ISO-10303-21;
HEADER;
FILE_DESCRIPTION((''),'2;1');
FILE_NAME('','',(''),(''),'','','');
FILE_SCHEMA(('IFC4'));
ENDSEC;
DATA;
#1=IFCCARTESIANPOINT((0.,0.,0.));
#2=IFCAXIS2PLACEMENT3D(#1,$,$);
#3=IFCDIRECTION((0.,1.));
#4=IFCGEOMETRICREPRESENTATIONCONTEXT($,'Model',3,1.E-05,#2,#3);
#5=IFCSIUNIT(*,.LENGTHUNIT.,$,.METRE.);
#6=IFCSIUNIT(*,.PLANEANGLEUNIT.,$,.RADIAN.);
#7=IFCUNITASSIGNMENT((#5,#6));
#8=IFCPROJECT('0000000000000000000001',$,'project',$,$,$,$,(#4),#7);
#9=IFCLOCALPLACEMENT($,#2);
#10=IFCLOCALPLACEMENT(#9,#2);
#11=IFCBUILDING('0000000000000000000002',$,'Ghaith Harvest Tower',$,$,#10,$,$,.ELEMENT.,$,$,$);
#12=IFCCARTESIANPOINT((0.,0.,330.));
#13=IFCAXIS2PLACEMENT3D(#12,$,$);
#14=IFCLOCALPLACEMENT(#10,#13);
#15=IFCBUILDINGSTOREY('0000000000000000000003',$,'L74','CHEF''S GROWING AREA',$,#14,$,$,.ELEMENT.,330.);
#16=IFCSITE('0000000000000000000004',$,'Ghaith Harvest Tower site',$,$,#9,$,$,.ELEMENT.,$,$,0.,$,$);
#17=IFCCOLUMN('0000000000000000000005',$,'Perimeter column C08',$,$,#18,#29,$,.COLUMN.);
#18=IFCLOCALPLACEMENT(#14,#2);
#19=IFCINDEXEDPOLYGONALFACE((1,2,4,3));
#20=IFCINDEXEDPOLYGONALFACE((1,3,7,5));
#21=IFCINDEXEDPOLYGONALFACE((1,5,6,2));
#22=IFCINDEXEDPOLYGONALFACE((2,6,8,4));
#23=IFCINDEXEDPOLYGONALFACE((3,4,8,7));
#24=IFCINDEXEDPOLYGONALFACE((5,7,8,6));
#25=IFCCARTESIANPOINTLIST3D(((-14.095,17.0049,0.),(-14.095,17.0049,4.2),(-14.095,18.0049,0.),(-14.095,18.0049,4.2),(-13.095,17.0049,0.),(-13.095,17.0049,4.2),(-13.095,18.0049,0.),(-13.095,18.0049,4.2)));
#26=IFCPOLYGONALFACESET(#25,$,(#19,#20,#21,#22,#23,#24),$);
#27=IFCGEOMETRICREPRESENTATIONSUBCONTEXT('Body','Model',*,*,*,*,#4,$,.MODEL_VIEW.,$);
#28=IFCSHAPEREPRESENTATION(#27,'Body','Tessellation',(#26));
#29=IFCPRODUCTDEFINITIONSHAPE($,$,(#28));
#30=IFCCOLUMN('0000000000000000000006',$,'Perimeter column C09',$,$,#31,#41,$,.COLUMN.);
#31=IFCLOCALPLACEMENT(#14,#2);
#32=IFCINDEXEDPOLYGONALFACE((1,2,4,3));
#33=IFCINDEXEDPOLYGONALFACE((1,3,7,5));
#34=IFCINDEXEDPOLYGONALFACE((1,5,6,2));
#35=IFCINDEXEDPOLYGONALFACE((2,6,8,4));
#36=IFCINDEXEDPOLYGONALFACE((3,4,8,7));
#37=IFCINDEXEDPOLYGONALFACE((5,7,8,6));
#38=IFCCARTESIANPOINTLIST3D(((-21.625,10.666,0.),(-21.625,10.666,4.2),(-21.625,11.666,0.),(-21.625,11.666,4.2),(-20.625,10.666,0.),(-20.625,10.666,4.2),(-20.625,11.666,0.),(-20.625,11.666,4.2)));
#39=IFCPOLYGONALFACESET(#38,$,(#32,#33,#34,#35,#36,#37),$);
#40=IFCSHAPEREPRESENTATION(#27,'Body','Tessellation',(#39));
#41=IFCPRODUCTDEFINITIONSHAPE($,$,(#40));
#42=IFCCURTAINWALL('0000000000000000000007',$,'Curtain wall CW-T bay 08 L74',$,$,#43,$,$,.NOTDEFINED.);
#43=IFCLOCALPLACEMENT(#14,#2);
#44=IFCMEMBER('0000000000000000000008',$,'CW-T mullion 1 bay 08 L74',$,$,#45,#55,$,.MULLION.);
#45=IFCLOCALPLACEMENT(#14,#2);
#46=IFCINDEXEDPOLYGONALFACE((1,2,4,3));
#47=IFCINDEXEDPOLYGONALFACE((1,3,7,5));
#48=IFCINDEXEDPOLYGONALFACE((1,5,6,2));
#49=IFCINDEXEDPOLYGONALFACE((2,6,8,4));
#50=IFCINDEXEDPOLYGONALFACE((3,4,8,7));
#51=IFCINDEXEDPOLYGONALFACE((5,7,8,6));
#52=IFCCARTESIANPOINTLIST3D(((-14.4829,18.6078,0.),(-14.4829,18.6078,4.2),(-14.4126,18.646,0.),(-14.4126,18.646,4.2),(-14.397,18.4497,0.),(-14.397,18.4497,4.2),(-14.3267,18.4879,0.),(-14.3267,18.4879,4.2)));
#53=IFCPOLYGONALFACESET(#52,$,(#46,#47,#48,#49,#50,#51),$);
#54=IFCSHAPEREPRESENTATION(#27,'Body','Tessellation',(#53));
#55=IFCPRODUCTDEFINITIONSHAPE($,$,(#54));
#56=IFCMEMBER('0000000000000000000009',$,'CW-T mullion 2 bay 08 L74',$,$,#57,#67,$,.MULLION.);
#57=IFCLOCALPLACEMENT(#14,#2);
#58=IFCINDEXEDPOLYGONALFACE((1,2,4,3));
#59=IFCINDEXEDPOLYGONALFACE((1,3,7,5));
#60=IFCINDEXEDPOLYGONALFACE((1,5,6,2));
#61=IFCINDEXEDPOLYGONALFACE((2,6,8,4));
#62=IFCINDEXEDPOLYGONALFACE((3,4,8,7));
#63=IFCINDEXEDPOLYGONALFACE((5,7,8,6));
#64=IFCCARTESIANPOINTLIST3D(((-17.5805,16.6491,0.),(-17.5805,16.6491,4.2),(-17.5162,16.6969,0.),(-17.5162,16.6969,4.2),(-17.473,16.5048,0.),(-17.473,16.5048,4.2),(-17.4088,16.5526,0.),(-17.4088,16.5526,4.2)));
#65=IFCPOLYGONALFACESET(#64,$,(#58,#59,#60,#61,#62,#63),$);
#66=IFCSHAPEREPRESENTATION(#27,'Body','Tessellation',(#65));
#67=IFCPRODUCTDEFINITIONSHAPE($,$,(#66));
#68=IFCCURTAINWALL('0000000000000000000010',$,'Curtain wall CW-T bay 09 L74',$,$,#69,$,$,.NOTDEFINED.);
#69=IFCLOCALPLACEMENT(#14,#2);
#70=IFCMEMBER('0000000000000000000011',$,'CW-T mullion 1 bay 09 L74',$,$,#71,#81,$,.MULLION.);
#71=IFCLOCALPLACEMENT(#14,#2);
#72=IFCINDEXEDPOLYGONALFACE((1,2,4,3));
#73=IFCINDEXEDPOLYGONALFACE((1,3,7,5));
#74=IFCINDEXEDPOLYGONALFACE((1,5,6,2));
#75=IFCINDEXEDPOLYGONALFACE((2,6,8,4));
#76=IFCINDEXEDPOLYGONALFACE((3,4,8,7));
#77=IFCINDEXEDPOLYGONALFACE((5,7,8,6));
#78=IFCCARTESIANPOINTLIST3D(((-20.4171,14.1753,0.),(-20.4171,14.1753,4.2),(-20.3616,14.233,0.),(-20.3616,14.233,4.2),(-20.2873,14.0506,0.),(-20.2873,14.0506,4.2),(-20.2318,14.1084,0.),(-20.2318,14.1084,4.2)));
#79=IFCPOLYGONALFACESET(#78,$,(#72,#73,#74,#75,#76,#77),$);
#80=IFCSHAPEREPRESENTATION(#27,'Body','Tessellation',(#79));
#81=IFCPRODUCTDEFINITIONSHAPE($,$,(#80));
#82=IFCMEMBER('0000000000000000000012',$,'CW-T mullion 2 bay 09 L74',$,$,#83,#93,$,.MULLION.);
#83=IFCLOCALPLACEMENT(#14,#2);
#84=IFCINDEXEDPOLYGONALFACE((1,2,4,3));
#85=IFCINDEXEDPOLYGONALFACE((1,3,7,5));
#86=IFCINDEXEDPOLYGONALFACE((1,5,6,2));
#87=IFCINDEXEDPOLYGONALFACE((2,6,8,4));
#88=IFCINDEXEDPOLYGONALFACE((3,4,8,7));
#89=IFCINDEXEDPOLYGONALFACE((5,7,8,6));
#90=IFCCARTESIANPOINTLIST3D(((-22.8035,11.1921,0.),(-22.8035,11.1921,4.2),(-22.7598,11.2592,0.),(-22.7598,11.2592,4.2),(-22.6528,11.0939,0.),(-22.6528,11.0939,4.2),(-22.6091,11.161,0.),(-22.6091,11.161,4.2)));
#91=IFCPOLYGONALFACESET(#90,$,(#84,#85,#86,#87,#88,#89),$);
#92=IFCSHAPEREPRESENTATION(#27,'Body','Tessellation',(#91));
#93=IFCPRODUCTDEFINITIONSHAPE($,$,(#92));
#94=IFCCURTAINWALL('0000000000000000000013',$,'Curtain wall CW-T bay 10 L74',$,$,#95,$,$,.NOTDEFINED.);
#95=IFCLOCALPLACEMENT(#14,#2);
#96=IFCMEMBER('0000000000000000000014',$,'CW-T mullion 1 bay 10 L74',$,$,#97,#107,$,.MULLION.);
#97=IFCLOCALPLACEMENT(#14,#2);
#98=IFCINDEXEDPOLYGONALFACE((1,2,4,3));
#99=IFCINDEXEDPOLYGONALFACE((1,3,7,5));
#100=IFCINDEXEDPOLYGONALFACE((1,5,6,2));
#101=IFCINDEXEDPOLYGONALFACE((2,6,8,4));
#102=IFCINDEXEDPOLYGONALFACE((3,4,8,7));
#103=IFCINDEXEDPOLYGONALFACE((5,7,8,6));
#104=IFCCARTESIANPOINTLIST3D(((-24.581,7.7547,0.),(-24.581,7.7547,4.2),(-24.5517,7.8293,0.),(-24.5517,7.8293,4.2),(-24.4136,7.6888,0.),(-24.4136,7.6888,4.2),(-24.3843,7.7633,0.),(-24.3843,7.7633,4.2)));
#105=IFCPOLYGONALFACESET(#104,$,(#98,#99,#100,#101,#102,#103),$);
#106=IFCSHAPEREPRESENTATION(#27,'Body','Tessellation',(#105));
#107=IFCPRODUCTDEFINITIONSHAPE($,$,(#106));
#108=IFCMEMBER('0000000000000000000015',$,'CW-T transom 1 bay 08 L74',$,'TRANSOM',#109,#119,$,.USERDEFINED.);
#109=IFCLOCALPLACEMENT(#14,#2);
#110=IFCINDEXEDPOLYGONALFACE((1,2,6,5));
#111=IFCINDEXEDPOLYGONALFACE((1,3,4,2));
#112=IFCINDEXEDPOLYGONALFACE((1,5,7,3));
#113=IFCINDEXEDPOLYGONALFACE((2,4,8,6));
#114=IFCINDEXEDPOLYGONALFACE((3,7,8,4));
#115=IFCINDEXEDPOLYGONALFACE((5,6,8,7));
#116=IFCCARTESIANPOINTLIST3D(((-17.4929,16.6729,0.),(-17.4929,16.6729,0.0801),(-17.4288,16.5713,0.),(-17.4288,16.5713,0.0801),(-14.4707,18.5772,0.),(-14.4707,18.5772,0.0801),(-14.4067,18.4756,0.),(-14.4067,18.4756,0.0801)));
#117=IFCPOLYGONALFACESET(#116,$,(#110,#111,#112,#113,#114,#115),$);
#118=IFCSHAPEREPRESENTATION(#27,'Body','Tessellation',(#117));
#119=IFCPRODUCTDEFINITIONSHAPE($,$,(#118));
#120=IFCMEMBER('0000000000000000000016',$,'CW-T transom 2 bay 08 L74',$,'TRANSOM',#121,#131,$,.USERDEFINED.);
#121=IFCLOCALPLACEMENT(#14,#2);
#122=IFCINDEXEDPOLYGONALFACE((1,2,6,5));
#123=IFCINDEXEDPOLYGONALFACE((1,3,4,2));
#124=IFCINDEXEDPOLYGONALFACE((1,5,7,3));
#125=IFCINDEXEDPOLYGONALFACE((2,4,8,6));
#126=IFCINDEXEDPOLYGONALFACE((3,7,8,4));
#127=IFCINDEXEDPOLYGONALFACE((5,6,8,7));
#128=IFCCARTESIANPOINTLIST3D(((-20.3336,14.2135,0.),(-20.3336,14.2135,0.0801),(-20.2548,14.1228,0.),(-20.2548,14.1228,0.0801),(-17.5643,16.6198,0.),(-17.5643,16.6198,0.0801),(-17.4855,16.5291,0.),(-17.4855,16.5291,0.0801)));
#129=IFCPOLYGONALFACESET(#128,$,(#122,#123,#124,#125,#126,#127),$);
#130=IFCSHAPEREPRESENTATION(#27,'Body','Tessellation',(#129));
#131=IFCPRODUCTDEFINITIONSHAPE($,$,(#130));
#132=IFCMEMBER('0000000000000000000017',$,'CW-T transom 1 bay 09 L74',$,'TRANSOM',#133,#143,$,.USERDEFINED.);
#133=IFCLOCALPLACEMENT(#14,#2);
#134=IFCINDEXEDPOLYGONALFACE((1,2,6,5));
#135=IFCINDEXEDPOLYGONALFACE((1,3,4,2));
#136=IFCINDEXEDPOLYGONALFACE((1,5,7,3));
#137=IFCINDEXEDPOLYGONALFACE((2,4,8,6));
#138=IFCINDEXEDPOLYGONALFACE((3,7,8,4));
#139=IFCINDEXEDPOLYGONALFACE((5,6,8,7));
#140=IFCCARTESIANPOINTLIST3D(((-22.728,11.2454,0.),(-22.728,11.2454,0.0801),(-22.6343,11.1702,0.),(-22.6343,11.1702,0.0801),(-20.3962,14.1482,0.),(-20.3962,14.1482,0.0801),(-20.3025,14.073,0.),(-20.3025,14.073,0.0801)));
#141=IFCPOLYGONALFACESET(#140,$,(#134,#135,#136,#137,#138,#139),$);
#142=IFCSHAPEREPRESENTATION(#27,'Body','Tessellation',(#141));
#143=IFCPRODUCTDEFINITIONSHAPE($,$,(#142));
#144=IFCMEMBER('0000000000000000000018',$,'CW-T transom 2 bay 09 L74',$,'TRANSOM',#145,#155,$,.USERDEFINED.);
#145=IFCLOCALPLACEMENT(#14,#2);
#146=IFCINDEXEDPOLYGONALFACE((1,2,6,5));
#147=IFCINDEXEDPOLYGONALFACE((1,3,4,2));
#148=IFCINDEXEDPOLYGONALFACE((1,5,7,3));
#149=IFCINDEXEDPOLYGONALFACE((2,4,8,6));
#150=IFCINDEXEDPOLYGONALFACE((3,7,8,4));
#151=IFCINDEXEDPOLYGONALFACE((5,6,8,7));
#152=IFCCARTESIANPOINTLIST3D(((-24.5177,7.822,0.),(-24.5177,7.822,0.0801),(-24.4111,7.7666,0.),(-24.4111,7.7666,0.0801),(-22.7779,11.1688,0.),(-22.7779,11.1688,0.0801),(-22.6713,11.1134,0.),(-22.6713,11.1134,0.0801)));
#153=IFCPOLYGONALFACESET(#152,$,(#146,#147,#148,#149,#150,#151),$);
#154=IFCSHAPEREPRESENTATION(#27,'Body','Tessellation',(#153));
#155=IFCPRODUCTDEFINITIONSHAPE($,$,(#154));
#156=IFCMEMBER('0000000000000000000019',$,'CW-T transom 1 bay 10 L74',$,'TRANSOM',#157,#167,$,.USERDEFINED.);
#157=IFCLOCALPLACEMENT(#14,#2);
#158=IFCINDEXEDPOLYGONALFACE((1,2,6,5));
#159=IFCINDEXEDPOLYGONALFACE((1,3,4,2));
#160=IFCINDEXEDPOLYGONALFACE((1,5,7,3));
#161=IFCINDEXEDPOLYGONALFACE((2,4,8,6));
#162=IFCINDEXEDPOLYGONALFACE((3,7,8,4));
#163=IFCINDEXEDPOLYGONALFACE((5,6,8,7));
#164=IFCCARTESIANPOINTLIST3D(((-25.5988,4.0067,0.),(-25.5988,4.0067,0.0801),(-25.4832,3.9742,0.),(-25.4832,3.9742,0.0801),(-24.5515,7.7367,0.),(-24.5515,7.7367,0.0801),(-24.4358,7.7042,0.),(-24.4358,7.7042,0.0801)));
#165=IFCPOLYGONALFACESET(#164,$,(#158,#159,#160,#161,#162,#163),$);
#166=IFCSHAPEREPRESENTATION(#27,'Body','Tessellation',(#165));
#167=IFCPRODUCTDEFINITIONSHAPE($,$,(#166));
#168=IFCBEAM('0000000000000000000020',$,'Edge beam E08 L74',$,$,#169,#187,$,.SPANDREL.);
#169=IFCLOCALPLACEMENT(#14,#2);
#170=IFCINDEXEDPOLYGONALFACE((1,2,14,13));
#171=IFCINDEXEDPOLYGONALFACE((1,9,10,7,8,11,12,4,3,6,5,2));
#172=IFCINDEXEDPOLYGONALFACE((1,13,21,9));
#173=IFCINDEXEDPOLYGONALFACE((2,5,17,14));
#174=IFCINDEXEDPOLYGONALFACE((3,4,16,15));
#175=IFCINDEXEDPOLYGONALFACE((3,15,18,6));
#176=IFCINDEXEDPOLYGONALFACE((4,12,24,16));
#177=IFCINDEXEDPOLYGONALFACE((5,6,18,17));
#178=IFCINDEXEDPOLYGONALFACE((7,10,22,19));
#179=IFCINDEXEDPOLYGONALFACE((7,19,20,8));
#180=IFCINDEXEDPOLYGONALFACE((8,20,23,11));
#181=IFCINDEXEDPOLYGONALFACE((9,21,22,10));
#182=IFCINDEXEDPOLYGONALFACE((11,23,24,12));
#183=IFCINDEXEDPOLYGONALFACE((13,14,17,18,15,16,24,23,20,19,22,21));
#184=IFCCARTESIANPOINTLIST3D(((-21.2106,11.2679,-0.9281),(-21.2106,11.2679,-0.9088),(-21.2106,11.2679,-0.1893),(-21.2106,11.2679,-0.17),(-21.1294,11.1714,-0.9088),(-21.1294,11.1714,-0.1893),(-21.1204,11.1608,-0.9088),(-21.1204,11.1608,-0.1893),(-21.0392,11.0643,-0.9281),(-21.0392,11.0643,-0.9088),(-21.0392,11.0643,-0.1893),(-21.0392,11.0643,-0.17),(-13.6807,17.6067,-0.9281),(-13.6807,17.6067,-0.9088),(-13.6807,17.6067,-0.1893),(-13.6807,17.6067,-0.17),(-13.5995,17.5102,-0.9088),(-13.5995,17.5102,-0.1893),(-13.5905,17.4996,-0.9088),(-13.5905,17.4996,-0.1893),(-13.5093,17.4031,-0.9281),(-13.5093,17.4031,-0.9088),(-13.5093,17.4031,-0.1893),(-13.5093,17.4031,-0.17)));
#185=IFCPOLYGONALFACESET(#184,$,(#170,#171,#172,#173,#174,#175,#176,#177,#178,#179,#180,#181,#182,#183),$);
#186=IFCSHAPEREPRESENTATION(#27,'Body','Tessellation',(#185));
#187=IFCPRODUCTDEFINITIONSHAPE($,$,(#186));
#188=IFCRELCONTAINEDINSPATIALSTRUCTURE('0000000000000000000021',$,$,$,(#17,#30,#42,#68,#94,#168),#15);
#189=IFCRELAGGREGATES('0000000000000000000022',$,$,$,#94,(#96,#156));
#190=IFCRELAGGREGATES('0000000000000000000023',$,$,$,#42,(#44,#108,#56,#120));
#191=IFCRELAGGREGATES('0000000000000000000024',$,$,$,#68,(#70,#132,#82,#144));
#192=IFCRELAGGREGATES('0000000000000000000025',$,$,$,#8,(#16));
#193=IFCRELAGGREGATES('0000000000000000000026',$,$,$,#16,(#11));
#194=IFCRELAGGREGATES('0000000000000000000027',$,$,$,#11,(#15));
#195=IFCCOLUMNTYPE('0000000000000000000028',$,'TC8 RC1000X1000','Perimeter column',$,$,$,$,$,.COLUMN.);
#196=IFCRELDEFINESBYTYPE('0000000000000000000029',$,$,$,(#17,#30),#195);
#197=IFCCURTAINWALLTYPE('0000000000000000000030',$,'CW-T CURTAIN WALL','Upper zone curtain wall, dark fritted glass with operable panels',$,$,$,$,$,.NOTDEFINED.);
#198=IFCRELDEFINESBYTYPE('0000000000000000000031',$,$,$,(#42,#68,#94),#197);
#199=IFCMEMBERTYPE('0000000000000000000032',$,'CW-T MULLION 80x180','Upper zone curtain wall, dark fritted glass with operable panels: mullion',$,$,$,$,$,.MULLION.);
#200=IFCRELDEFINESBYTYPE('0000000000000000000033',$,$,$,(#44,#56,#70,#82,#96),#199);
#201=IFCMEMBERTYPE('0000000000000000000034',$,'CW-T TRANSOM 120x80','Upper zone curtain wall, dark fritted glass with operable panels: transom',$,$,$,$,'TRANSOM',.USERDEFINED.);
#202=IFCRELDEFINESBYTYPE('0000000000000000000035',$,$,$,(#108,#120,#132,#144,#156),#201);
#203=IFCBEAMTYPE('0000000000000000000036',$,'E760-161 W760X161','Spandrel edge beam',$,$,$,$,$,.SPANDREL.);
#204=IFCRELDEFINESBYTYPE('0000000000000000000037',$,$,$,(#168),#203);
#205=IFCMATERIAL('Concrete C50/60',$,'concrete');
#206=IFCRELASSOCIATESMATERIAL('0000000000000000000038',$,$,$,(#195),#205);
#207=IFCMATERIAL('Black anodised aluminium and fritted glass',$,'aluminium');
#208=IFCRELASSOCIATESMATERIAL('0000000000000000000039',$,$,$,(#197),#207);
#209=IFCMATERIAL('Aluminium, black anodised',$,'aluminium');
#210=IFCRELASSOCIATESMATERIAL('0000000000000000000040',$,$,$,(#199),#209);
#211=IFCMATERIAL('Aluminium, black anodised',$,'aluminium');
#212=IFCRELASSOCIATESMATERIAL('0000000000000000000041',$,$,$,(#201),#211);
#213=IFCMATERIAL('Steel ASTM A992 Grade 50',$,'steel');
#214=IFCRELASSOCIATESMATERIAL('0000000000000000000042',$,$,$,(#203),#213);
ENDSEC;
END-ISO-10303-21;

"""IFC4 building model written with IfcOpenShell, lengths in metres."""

from ifc_helpers import new_model, si_unit, direction, frame, origin, origin_2d, place, context, subcontext, project, spatial, rectangle, i_section, extrude, material, material_profile, profile_set, type_object, element, aggregate, save


model = new_model("IFC4")

# Units and contexts
model_context = context("Model", 3, precision=1e-05, world=origin(), true_north=direction((0.0, 1.0)))
body_context = subcontext(model_context, "Body", "Model", "MODEL_VIEW")
ifc_project = project(units=[si_unit("LENGTHUNIT", "METRE"), si_unit("PLANEANGLEUNIT", "RADIAN")], contexts=[model_context])

# Site, building, storey
site_placement = place(None, origin())
site = spatial("IfcSite", under=ifc_project, at=site_placement, Name="Ghaith Harvest Tower site", CompositionType="ELEMENT", RefElevation=0.0)
building_placement = place(site_placement, origin())
building = spatial("IfcBuilding", under=site, at=building_placement, Name="Ghaith Harvest Tower", CompositionType="ELEMENT")
storey_placement = place(building_placement, frame((0.0, 0.0, 330.0)))
storey = spatial("IfcBuildingStorey", under=building, at=storey_placement, Name="L74", Description="CHEF'S GROWING AREA", CompositionType="ELEMENT", Elevation=330.0)

# Columns
ifc_material_1 = material(Name="Concrete C50/60", Category="concrete")
ifc_material_profile_1 = material_profile(ifc_material_1, rectangle(XDim=1.0, YDim=1.0, at=origin_2d()), Name="RC1000X1000")
ifc_profile_set_1 = profile_set([ifc_material_profile_1], Name="Concrete C50/60")
column_type = type_object("IfcColumnType", Name="TC8 RC1000X1000", Description="Perimeter column", PredefinedType="COLUMN", material=ifc_profile_set_1)
for number, where, z_axis, x_axis, name in (
    (1, (-13.595, 17.5049, 0.0), (0.0, 0.0, 1.0), (1.0, 0.0, 0.0), "Perimeter column C08"),
    (2, (-21.125, 11.166, 0.0), (0.0, 0.0, 1.0), (1.0, 0.0, 0.0), "Perimeter column C09"),
):
    element("IfcColumn", number, at=place(storey_placement, frame(where, z_axis=z_axis, x_axis=x_axis)), inside=storey, type_object=column_type, Name=name, PredefinedType="COLUMN", context=body_context, shape_type="SweptSolid", body=[
        extrude(rectangle(XDim=1.0, YDim=1.0, at=origin_2d()), origin(), (0.0, 0.0, 1.0), 4.2),
    ])

# Curtain walls, members
ifc_material_2 = material(Name="Black anodised aluminium and fritted glass", Category="aluminium")
curtain_wall_type = type_object("IfcCurtainWallType", Name="CW-T CURTAIN WALL", Description="Upper zone curtain wall, dark fritted glass with operable panels", PredefinedType="NOTDEFINED", material=ifc_material_2)
curtain_wall_1_placement = place(storey_placement, origin())
curtain_wall_1 = element("IfcCurtainWall", 3, at=curtain_wall_1_placement, inside=storey, type_object=curtain_wall_type, Name="Curtain wall CW-T bay 08 L74", PredefinedType="NOTDEFINED")
ifc_material_3 = material(Name="Aluminium, black anodised", Category="aluminium")
ifc_material_profile_2 = material_profile(ifc_material_3, rectangle(XDim=0.0801, YDim=0.1799, at=origin_2d()), Name="CW-T MULLION 80x180")
ifc_profile_set_2 = profile_set([ifc_material_profile_2], Name="Aluminium, black anodised")
member_type_1 = type_object("IfcMemberType", Name="CW-T MULLION 80x180", Description="Upper zone curtain wall, dark fritted glass with operable panels: mullion", PredefinedType="MULLION", material=ifc_profile_set_2)
member_1_placement = place(storey_placement, frame((-14.4048, 18.5479, 0.0), z_axis=(0.0, 0.0, 1.0), x_axis=(-0.878672, -0.477426, 0.0)))
member_1 = element("IfcMember", 4, at=member_1_placement, type_object=member_type_1, Name="CW-T mullion 1 bay 08 L74", PredefinedType="MULLION", context=body_context, shape_type="SweptSolid", body=[
    extrude(rectangle(XDim=0.0801, YDim=0.1799, at=origin_2d()), origin(), (0.0, 0.0, 1.0), 4.2),
])
member_2_placement = place(storey_placement, frame((-17.4946, 16.6008, 0.0), z_axis=(0.0, 0.0, 1.0), x_axis=(-0.80219, -0.597069, 0.0)))
member_2 = element("IfcMember", 5, at=member_2_placement, type_object=member_type_1, Name="CW-T mullion 2 bay 08 L74", PredefinedType="MULLION", context=body_context, shape_type="SweptSolid", body=[
    extrude(rectangle(XDim=0.0801, YDim=0.1799, at=origin_2d()), origin(), (0.0, 0.0, 1.0), 4.2),
])
curtain_wall_2_placement = place(storey_placement, origin())
curtain_wall_2 = element("IfcCurtainWall", 6, at=curtain_wall_2_placement, inside=storey, type_object=curtain_wall_type, Name="Curtain wall CW-T bay 09 L74", PredefinedType="NOTDEFINED")
member_3_placement = place(storey_placement, frame((-20.3245, 14.1418, 0.0), z_axis=(0.0, 0.0, 1.0), x_axis=(-0.692826, -0.721104, 0.0)))
member_3 = element("IfcMember", 7, at=member_3_placement, type_object=member_type_1, Name="CW-T mullion 1 bay 09 L74", PredefinedType="MULLION", context=body_context, shape_type="SweptSolid", body=[
    extrude(rectangle(XDim=0.0801, YDim=0.1799, at=origin_2d()), origin(), (0.0, 0.0, 1.0), 4.2),
])
member_4_placement = place(storey_placement, frame((-22.7063, 11.1765, 0.0), z_axis=(0.0, 0.0, 1.0), x_axis=(-0.545865, -0.837873, 0.0)))
member_4 = element("IfcMember", 8, at=member_4_placement, type_object=member_type_1, Name="CW-T mullion 2 bay 09 L74", PredefinedType="MULLION", context=body_context, shape_type="SweptSolid", body=[
    extrude(rectangle(XDim=0.0801, YDim=0.1799, at=origin_2d()), origin(), (0.0, 0.0, 1.0), 4.2),
])

# Curtain wall, member
curtain_wall_3_placement = place(storey_placement, origin())
curtain_wall_3 = element("IfcCurtainWall", 9, at=curtain_wall_3_placement, inside=storey, type_object=curtain_wall_type, Name="Curtain wall CW-T bay 10 L74", PredefinedType="NOTDEFINED")
member_5_placement = place(storey_placement, frame((-24.4827, 7.759, 0.0), z_axis=(0.0, 0.0, 1.0), x_axis=(-0.366473, -0.930429, 0.0)))
member_5 = element("IfcMember", 10, at=member_5_placement, type_object=member_type_1, Name="CW-T mullion 1 bay 10 L74", PredefinedType="MULLION", context=body_context, shape_type="SweptSolid", body=[
    extrude(rectangle(XDim=0.0801, YDim=0.1799, at=origin_2d()), origin(), (0.0, 0.0, 1.0), 4.2),
])

# Members
ifc_material_4 = material(Name="Aluminium, black anodised", Category="aluminium")
ifc_material_profile_3 = material_profile(ifc_material_4, rectangle(XDim=0.1201, YDim=0.0801, at=origin_2d()), Name="CW-T TRANSOM 120x80")
ifc_profile_set_3 = profile_set([ifc_material_profile_3], Name="Aluminium, black anodised")
member_type_2 = type_object("IfcMemberType", Name="CW-T TRANSOM 120x80", Description="Upper zone curtain wall, dark fritted glass with operable panels: transom", ElementType="TRANSOM", PredefinedType="USERDEFINED", material=ifc_profile_set_3)
member_6_placement = place(storey_placement, frame((-14.4387, 18.5264, 0.04), z_axis=(-0.846054, -0.533098, 0.0), x_axis=(0.533098, -0.846054, 0.0)))
member_6 = element("IfcMember", 11, at=member_6_placement, type_object=member_type_2, Name="CW-T transom 1 bay 08 L74", ObjectType="TRANSOM", PredefinedType="USERDEFINED", context=body_context, shape_type="SweptSolid", body=[
    extrude(rectangle(XDim=0.1201, YDim=0.0801, at=origin_2d()), origin(), (0.0, 0.0, 1.0), 3.572),
])
member_7_placement = place(storey_placement, frame((-17.5249, 16.5745, 0.04), z_axis=(-0.754852, -0.655895, 0.0), x_axis=(0.655895, -0.754852, 0.0)))
member_7 = element("IfcMember", 12, at=member_7_placement, type_object=member_type_2, Name="CW-T transom 2 bay 08 L74", ObjectType="TRANSOM", PredefinedType="USERDEFINED", context=body_context, shape_type="SweptSolid", body=[
    extrude(rectangle(XDim=0.1201, YDim=0.0801, at=origin_2d()), origin(), (0.0, 0.0, 1.0), 3.6687),
])
member_8_placement = place(storey_placement, frame((-20.3494, 14.1106, 0.04), z_axis=(-0.626253, -0.77962, 0.0), x_axis=(0.77962, -0.626253, 0.0)))
member_8 = element("IfcMember", 13, at=member_8_placement, type_object=member_type_2, Name="CW-T transom 1 bay 09 L74", ObjectType="TRANSOM", PredefinedType="USERDEFINED", context=body_context, shape_type="SweptSolid", body=[
    extrude(rectangle(XDim=0.1201, YDim=0.0801, at=origin_2d()), origin(), (0.0, 0.0, 1.0), 3.7234),
])
member_9_placement = place(storey_placement, frame((-22.7246, 11.1411, 0.04), z_axis=(-0.461243, -0.887274, 0.0), x_axis=(0.887274, -0.461243, 0.0)))
member_9 = element("IfcMember", 14, at=member_9_placement, type_object=member_type_2, Name="CW-T transom 2 bay 09 L74", ObjectType="TRANSOM", PredefinedType="USERDEFINED", context=body_context, shape_type="SweptSolid", body=[
    extrude(rectangle(XDim=0.1201, YDim=0.0801, at=origin_2d()), origin(), (0.0, 0.0, 1.0), 3.772),
])
member_10_placement = place(storey_placement, frame((-24.4937, 7.7205, 0.04), z_axis=(-0.27034, -0.962765, 0.0), x_axis=(0.962765, -0.27034, 0.0)))
member_10 = element("IfcMember", 15, at=member_10_placement, type_object=member_type_2, Name="CW-T transom 1 bay 10 L74", ObjectType="TRANSOM", PredefinedType="USERDEFINED", context=body_context, shape_type="SweptSolid", body=[
    extrude(rectangle(XDim=0.1201, YDim=0.0801, at=origin_2d()), origin(), (0.0, 0.0, 1.0), 3.8743),
])
aggregate(curtain_wall_3, [member_5, member_10])

# Beam
ifc_material_5 = material(Name="Steel ASTM A992 Grade 50", Category="steel")
ifc_material_profile_4 = material_profile(ifc_material_5, i_section(OverallWidth=0.2661, OverallDepth=0.7581, WebThickness=0.0139, FlangeThickness=0.0193, at=origin_2d()), Name="W760X161")
ifc_profile_set_4 = profile_set([ifc_material_profile_4], Name="Steel ASTM A992 Grade 50")
beam_type = type_object("IfcBeamType", Name="E760-161 W760X161", Description="Spandrel edge beam", PredefinedType="SPANDREL", material=ifc_profile_set_4)
beam_1_placement = place(storey_placement, frame((-13.595, 17.5049, -0.5491), z_axis=(-0.765022, -0.644004, 0.0), x_axis=(0.644004, -0.765022, 0.0)))
element("IfcBeam", 16, at=beam_1_placement, inside=storey, type_object=beam_type, Name="Edge beam E08 L74", PredefinedType="SPANDREL", context=body_context, shape_type="SweptSolid", body=[
    extrude(i_section(OverallWidth=0.2661, OverallDepth=0.7581, WebThickness=0.0139, FlangeThickness=0.0193, at=origin_2d()), origin(), (0.0, 0.0, 1.0), 9.8428),
])

aggregate(curtain_wall_1, [member_1, member_6, member_2, member_7])
aggregate(curtain_wall_2, [member_3, member_8, member_4, member_9])

save(model, "model.ifc")
